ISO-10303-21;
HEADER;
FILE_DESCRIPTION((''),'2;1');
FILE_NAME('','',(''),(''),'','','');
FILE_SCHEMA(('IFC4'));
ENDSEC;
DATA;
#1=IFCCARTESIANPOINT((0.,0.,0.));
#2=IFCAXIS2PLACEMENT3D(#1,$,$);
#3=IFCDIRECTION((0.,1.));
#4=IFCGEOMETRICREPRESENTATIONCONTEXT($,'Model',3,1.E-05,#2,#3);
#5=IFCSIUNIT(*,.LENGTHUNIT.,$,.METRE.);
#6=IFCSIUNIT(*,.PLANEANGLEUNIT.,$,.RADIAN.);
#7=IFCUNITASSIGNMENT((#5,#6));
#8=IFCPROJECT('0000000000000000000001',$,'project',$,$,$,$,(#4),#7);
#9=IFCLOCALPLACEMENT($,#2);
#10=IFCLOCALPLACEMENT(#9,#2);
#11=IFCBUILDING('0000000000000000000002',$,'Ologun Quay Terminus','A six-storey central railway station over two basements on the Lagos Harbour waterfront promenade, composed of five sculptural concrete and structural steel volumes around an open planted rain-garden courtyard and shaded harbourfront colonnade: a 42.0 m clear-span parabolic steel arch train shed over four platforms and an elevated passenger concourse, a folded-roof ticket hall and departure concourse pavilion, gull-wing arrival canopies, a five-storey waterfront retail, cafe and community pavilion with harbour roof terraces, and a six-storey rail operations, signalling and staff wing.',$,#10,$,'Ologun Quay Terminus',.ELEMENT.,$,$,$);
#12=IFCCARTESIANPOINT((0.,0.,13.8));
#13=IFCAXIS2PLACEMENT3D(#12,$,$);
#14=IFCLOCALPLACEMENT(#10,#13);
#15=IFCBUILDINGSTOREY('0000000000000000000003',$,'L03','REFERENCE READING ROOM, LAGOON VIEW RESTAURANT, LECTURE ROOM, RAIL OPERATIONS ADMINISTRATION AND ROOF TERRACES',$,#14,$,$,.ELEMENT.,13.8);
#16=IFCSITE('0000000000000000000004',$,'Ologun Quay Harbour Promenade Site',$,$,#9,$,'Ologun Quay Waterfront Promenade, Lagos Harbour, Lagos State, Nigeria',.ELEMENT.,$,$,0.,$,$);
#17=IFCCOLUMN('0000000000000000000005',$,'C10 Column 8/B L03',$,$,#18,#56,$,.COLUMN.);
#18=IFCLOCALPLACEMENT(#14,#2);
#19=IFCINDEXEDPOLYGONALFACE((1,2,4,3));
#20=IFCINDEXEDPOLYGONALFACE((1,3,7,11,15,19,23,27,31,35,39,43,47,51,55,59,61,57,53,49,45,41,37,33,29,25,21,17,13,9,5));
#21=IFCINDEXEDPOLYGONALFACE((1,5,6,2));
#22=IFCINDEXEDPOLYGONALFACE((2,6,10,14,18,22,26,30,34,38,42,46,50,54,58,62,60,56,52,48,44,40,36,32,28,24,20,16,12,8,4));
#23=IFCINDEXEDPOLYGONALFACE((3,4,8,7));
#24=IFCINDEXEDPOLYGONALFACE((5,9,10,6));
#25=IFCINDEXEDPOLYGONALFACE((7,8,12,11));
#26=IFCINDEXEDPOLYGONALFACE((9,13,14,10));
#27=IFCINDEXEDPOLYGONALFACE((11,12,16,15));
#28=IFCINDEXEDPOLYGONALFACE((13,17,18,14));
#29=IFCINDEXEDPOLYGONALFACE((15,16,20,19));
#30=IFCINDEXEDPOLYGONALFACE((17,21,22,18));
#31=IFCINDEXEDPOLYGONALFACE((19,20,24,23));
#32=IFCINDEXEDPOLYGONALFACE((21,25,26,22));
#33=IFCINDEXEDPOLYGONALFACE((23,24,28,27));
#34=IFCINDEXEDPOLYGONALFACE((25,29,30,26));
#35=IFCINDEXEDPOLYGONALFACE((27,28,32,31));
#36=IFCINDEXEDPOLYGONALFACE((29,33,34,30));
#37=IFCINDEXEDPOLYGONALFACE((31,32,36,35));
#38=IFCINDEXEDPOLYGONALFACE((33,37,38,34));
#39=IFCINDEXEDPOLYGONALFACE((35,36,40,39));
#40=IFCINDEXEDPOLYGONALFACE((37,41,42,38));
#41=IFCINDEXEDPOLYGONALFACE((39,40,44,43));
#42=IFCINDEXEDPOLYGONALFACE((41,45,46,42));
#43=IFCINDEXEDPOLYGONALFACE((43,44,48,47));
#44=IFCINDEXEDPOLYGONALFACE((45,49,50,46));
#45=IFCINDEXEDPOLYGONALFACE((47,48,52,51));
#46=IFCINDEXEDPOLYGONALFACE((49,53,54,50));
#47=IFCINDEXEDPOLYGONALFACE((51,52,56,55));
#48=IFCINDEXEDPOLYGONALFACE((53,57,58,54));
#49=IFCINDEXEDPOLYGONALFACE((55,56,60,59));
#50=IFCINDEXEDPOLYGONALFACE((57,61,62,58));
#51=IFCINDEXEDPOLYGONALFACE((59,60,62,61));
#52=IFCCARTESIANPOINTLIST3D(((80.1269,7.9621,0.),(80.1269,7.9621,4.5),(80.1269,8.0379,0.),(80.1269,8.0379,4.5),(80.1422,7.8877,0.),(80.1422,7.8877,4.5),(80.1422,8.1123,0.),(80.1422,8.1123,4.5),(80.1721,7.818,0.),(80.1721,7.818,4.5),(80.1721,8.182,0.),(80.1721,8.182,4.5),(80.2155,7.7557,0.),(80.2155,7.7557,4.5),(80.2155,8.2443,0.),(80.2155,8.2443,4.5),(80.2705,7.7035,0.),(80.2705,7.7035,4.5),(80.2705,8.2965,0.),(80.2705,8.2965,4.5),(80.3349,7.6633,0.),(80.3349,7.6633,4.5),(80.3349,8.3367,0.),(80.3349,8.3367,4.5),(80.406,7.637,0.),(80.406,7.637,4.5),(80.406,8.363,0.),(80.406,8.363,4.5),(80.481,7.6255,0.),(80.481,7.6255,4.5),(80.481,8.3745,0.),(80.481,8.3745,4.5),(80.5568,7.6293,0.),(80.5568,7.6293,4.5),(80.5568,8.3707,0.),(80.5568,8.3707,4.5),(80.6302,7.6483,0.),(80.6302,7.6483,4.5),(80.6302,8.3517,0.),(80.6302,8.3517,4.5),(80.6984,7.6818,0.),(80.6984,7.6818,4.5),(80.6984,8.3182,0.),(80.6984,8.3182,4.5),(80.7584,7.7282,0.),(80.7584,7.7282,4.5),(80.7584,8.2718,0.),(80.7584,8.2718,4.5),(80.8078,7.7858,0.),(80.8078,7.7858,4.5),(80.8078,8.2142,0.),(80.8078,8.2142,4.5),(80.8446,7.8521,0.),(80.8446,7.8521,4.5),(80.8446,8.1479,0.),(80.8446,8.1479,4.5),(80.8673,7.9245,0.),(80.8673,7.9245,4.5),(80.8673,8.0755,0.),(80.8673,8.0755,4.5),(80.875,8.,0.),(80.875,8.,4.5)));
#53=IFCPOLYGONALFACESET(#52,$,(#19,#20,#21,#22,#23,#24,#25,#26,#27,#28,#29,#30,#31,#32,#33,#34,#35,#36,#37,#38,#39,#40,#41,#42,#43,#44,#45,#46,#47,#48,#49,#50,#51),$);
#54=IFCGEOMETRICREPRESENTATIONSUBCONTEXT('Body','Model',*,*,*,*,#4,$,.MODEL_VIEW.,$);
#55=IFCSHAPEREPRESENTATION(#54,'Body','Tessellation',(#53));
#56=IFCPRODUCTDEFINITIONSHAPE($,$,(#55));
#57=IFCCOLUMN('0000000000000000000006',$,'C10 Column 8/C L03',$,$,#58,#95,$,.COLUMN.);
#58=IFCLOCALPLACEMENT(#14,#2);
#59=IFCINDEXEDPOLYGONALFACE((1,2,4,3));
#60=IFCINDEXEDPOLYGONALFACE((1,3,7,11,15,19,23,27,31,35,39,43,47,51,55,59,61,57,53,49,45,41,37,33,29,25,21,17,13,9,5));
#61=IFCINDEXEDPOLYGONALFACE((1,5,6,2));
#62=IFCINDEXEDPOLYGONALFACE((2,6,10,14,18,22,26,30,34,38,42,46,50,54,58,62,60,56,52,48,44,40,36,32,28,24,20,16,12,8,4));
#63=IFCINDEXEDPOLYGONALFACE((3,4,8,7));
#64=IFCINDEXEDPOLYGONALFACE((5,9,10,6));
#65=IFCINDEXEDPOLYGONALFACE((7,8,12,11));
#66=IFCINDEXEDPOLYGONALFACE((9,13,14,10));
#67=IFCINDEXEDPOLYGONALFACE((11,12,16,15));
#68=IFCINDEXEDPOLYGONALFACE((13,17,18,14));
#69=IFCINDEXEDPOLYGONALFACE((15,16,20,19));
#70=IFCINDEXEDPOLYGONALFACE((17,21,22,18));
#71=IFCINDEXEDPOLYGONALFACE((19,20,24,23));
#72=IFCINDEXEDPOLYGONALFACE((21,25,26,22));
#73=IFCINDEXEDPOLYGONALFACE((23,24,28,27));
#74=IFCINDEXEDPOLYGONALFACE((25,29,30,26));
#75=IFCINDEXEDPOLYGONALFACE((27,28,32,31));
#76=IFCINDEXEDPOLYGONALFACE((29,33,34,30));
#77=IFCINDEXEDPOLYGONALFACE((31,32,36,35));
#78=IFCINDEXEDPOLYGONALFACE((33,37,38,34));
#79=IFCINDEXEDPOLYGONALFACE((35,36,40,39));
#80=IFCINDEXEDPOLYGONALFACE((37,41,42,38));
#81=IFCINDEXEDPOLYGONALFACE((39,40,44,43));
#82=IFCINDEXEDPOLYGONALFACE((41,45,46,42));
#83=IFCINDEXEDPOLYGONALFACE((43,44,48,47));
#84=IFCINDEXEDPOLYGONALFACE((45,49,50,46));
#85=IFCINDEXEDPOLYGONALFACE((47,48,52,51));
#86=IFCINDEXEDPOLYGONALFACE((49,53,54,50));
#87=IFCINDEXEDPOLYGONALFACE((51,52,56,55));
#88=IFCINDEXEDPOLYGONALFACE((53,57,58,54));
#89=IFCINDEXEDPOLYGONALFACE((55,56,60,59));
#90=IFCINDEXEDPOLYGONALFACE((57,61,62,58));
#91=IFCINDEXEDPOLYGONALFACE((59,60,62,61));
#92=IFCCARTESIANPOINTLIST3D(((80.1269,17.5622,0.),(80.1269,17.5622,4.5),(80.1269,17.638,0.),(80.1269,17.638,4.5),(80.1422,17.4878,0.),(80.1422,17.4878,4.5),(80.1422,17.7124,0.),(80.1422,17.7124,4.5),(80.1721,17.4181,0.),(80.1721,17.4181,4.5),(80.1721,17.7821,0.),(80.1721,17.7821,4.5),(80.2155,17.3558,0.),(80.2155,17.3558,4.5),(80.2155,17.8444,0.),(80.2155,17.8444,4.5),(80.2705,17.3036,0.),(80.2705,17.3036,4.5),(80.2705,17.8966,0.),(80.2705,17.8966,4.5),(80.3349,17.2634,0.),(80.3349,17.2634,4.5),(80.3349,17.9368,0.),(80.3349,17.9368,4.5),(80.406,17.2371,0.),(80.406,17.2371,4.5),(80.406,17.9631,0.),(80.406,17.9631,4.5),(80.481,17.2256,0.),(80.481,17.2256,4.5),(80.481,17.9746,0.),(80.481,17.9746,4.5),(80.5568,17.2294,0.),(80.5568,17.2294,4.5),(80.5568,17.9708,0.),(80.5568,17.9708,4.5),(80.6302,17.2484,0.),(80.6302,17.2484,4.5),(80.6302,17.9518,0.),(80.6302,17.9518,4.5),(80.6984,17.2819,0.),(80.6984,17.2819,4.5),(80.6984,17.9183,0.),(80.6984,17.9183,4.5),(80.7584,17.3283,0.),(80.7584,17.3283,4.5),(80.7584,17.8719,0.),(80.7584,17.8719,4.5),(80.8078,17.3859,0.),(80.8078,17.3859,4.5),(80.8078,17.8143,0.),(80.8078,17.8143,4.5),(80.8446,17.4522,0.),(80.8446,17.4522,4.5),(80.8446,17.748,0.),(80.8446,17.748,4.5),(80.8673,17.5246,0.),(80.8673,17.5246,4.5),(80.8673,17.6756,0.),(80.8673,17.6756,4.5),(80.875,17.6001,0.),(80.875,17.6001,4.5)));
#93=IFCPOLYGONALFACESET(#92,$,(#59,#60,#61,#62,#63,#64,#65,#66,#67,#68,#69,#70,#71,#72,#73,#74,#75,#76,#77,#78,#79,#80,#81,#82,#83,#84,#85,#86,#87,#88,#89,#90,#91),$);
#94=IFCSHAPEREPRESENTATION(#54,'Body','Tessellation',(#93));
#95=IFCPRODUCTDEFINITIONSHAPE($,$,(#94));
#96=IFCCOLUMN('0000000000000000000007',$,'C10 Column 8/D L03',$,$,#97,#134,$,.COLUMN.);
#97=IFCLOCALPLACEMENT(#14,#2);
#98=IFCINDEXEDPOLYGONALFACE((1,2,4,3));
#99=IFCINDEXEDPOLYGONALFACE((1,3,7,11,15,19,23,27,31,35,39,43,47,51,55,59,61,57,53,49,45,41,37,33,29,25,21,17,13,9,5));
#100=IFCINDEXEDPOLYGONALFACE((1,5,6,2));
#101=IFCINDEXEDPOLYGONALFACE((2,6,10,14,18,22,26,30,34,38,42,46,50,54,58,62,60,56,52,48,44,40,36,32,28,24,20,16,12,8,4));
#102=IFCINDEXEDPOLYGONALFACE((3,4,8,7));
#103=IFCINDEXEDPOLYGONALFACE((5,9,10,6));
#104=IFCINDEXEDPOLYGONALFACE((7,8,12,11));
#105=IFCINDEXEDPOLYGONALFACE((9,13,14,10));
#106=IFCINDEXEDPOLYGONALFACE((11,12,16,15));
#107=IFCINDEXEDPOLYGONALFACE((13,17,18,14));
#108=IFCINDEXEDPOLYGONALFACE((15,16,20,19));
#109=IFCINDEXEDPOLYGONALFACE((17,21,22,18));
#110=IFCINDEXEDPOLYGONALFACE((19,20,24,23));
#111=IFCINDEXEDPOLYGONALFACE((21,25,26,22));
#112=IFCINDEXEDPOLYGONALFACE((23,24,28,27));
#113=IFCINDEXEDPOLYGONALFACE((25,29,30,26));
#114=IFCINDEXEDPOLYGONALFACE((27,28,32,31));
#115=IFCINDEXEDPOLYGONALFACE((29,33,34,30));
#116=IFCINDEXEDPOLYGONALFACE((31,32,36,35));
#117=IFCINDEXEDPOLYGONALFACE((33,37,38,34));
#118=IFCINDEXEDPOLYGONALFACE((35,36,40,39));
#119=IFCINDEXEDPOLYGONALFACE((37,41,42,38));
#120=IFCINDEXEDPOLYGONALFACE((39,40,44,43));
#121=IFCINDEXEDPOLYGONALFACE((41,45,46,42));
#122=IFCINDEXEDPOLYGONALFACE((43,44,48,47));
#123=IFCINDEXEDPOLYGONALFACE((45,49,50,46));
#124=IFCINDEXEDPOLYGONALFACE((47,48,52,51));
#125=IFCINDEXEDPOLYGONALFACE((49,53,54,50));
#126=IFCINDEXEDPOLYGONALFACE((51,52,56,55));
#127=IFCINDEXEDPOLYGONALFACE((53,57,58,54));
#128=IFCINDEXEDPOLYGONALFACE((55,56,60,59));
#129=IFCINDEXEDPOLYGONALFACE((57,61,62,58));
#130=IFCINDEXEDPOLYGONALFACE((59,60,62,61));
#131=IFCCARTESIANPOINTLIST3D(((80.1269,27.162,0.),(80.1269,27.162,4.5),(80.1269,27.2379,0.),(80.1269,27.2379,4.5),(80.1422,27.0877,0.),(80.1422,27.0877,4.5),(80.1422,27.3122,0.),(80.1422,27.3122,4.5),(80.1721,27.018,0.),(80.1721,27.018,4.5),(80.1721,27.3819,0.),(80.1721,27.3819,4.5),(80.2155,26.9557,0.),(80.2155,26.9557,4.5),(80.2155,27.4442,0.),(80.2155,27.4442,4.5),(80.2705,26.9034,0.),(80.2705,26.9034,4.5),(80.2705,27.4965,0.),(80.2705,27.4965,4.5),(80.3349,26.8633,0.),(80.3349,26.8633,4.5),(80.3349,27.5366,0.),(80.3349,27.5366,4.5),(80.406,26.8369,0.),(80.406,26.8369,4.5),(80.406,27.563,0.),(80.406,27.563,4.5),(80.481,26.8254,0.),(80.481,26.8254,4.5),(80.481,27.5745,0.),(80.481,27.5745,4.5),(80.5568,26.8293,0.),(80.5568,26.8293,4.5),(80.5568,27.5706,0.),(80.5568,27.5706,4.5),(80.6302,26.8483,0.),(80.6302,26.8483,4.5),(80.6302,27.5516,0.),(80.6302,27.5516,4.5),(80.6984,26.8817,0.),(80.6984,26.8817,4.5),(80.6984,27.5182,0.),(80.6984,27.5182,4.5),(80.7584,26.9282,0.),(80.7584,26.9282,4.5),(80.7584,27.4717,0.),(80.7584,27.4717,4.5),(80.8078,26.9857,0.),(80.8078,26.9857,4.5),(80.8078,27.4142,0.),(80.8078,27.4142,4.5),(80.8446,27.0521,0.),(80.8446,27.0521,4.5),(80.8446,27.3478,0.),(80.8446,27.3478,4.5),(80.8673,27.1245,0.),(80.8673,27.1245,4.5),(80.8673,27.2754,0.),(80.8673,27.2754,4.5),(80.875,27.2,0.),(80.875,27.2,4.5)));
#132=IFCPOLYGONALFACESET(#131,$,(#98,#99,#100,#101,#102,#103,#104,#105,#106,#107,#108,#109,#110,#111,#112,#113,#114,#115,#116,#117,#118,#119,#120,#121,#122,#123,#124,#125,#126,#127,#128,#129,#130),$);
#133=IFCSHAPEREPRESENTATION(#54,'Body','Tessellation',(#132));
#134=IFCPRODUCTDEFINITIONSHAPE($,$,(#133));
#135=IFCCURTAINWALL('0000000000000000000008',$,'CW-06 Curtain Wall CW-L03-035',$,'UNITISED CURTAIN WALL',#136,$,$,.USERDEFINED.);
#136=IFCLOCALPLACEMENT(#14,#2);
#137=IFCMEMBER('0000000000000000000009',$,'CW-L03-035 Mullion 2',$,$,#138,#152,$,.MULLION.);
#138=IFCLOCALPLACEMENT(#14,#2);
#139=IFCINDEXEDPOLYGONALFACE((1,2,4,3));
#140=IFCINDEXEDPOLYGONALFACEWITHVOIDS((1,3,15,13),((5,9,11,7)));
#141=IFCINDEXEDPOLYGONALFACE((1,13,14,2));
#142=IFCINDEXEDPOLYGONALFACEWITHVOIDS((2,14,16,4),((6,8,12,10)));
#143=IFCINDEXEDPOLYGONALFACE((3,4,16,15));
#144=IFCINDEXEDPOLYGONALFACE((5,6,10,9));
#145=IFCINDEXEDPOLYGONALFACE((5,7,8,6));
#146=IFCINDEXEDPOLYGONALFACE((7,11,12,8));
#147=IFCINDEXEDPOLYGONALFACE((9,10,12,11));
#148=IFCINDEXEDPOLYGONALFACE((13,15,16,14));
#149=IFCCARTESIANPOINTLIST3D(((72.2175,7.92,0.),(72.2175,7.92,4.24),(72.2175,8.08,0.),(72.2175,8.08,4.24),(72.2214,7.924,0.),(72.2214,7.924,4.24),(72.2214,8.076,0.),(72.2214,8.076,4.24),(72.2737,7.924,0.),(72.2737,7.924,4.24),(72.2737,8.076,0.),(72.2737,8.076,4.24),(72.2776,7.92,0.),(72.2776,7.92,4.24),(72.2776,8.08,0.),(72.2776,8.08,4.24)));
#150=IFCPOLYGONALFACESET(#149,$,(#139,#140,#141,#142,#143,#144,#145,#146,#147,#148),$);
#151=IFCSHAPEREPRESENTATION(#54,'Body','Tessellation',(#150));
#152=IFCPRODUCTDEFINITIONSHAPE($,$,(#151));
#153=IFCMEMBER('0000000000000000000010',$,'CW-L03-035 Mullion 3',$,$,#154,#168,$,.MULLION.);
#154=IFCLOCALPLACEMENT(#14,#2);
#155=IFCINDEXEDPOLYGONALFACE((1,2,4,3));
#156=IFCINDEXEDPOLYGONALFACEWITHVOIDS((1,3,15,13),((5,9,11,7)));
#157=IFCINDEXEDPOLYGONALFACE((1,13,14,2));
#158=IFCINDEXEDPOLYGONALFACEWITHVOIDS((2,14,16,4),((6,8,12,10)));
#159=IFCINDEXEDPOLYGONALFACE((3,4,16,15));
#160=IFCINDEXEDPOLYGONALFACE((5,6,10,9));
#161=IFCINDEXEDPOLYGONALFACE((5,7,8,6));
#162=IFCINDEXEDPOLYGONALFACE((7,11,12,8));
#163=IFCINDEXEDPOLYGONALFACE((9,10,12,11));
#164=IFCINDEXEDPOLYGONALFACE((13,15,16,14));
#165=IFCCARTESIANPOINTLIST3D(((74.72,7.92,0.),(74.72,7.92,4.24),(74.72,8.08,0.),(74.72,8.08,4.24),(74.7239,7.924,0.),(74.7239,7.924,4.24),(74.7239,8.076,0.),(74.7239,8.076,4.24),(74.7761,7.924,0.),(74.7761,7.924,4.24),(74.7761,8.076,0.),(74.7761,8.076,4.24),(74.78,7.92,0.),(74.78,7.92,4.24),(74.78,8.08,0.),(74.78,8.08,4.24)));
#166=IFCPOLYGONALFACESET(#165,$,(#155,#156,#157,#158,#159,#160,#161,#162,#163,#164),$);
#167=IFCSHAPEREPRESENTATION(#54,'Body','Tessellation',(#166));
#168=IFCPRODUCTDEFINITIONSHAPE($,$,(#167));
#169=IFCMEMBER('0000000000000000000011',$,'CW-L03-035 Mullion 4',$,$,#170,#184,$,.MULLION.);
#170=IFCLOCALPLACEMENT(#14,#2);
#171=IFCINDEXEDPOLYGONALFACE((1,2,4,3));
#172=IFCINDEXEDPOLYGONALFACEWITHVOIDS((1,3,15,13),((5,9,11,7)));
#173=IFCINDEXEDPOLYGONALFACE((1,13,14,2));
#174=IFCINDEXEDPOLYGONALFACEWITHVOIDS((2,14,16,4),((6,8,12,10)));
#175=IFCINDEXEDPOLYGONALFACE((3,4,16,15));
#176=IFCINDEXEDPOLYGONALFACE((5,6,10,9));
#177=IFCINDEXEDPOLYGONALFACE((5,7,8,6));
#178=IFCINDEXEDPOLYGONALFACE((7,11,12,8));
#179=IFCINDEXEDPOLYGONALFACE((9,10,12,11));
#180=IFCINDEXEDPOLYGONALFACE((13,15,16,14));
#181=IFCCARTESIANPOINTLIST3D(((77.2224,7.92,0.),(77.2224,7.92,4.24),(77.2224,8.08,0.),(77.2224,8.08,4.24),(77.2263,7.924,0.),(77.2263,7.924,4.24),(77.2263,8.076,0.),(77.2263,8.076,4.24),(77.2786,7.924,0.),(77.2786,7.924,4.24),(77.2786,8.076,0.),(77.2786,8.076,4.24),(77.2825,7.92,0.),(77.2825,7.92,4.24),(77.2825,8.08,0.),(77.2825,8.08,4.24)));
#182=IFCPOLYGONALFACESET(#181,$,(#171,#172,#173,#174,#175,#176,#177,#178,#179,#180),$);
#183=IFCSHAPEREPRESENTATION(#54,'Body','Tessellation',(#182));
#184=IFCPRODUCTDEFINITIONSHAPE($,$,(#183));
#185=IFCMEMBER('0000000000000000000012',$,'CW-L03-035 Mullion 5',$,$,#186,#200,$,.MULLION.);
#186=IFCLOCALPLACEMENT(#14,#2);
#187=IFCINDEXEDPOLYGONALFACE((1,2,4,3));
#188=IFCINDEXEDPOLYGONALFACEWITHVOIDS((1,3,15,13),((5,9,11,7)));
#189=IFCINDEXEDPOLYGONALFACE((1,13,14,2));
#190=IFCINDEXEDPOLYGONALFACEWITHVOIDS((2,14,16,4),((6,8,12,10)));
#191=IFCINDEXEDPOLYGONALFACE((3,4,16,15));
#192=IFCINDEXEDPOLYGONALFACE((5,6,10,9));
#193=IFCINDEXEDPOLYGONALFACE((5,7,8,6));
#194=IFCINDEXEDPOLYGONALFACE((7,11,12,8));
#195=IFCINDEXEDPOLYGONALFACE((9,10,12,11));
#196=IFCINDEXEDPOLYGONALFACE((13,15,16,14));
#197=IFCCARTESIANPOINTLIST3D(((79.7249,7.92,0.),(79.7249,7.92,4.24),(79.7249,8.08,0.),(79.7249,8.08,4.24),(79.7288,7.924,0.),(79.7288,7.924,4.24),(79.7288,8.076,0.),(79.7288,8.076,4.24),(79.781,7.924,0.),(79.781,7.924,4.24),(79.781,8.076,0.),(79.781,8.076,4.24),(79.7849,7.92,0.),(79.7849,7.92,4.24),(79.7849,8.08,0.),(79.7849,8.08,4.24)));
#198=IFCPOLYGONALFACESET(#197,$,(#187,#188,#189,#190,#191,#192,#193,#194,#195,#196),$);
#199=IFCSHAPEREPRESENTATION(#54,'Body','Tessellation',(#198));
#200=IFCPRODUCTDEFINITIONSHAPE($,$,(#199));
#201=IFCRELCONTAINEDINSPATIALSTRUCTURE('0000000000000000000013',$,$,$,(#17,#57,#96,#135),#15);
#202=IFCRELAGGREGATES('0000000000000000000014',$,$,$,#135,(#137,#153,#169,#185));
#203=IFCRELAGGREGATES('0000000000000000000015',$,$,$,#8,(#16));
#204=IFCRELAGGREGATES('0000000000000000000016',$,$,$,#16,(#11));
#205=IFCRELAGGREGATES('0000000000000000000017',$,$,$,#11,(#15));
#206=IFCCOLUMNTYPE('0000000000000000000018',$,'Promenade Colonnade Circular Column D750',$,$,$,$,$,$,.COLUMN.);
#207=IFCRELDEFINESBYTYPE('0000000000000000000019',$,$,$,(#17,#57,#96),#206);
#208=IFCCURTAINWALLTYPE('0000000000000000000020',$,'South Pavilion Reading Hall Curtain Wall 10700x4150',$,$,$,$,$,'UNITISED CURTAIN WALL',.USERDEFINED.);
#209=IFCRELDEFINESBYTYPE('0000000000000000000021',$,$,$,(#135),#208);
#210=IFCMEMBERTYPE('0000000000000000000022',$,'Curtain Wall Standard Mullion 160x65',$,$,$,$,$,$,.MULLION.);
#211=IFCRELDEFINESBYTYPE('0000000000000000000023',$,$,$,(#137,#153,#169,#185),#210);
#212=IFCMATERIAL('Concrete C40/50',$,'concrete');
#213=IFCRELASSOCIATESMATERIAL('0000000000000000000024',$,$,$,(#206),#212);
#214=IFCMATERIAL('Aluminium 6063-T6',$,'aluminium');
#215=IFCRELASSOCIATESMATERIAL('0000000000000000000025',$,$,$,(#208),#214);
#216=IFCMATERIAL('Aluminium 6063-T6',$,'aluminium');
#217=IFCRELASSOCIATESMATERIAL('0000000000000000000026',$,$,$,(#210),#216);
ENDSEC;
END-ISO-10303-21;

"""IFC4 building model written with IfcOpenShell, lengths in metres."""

from ifc_helpers import new_model, si_unit, direction, frame, origin, origin_2d, place, context, subcontext, project, spatial, hollow_rectangle, circle, extrude, material, material_profile, profile_set, type_object, element, aggregate, save


model = new_model("IFC4")

# Units and contexts
model_context = context("Model", 3, precision=1e-05, world=origin(), true_north=direction((0.0, 1.0)))
body_context = subcontext(model_context, "Body", "Model", "MODEL_VIEW")
ifc_project = project(units=[si_unit("LENGTHUNIT", "METRE"), si_unit("PLANEANGLEUNIT", "RADIAN")], contexts=[model_context])

# Site, building, storey
site_placement = place(None, origin())
site = spatial("IfcSite", under=ifc_project, at=site_placement, Name="Ologun Quay Harbour Promenade Site", LongName="Ologun Quay Waterfront Promenade, Lagos Harbour, Lagos State, Nigeria", CompositionType="ELEMENT", RefElevation=0.0)
building_placement = place(site_placement, origin())
building = spatial("IfcBuilding", under=site, at=building_placement, Name="Ologun Quay Terminus", Description="A six-storey central railway station over two basements on the Lagos Harbour waterfront promenade, composed of five sculptural concrete and structural steel volumes around an open planted rain-garden courtyard and shaded harbourfront colonnade: a 42.0 m clear-span parabolic steel arch train shed over four platforms and an elevated passenger concourse, a folded-roof ticket hall and departure concourse pavilion, gull-wing arrival canopies, a five-storey waterfront retail, cafe and community pavilion with harbour roof terraces, and a six-storey rail operations, signalling and staff wing.", LongName="Ologun Quay Terminus", CompositionType="ELEMENT")
storey_placement = place(building_placement, frame((0.0, 0.0, 13.8)))
storey = spatial("IfcBuildingStorey", under=building, at=storey_placement, Name="L03", Description="REFERENCE READING ROOM, LAGOON VIEW RESTAURANT, LECTURE ROOM, RAIL OPERATIONS ADMINISTRATION AND ROOF TERRACES", CompositionType="ELEMENT", Elevation=13.8)

# Columns
ifc_material_1 = material(Name="Concrete C40/50", Category="concrete")
ifc_material_profile_1 = material_profile(ifc_material_1, circle(Radius=0.375, at=origin_2d()), Name="RC D750")
ifc_profile_set_1 = profile_set([ifc_material_profile_1], Name="Concrete C40/50")
column_type = type_object("IfcColumnType", Name="Promenade Colonnade Circular Column D750", PredefinedType="COLUMN", material=ifc_profile_set_1)
for number, where, z_axis, x_axis, name in (
    (1, (80.5, 8.0, 0.0), (0.0, 0.0, 1.0), (1.0, 0.0, 0.0), "C10 Column 8/B L03"),
    (2, (80.5, 17.6001, 0.0), (0.0, 0.0, 1.0), (1.0, 0.0, 0.0), "C10 Column 8/C L03"),
    (3, (80.5, 27.2, 0.0), (0.0, 0.0, 1.0), (1.0, 0.0, 0.0), "C10 Column 8/D L03"),
):
    element("IfcColumn", number, at=place(storey_placement, frame(where, z_axis=z_axis, x_axis=x_axis)), inside=storey, type_object=column_type, Name=name, PredefinedType="COLUMN", context=body_context, shape_type="SweptSolid", body=[
        extrude(circle(Radius=0.375, at=origin_2d()), origin(), (0.0, 0.0, 1.0), 4.5),
    ])

# Curtain wall, members
ifc_material_2 = material(Name="Aluminium 6063-T6", Category="aluminium")
curtain_wall_type = type_object("IfcCurtainWallType", Name="South Pavilion Reading Hall Curtain Wall 10700x4150", ElementType="UNITISED CURTAIN WALL", PredefinedType="USERDEFINED", material=ifc_material_2)
curtain_wall_placement = place(storey_placement, origin())
curtain_wall = element("IfcCurtainWall", 4, at=curtain_wall_placement, inside=storey, type_object=curtain_wall_type, Name="CW-06 Curtain Wall CW-L03-035", ObjectType="UNITISED CURTAIN WALL", PredefinedType="USERDEFINED")
ifc_material_3 = material(Name="Aluminium 6063-T6", Category="aluminium")
ifc_material_profile_2 = material_profile(ifc_material_3, hollow_rectangle(XDim=0.0601, YDim=0.1599, WallThickness=0.0039, at=origin_2d()), Name="ALU 160x60x4")
ifc_profile_set_2 = profile_set([ifc_material_profile_2], Name="Aluminium 6063-T6")
member_type_1 = type_object("IfcMemberType", Name="Curtain Wall Standard Mullion 160x65", PredefinedType="MULLION", material=ifc_profile_set_2)
member_1_placement = place(storey_placement, frame((72.2476, 8.0, 0.0), z_axis=(0.0, 0.0, 1.0), x_axis=(1.0, 0.0, 0.0)))
member_1 = element("IfcMember", 5, at=member_1_placement, type_object=member_type_1, Name="CW-L03-035 Mullion 2", PredefinedType="MULLION", context=body_context, shape_type="SweptSolid", body=[
    extrude(hollow_rectangle(XDim=0.0601, YDim=0.1599, WallThickness=0.0039, at=origin_2d()), origin(), (0.0, 0.0, 1.0), 4.24),
])
member_2_placement = place(storey_placement, frame((74.75, 8.0, 0.0), z_axis=(0.0, 0.0, 1.0), x_axis=(1.0, 0.0, 0.0)))
member_2 = element("IfcMember", 6, at=member_2_placement, type_object=member_type_1, Name="CW-L03-035 Mullion 3", PredefinedType="MULLION", context=body_context, shape_type="SweptSolid", body=[
    extrude(hollow_rectangle(XDim=0.0601, YDim=0.1599, WallThickness=0.0039, at=origin_2d()), origin(), (0.0, 0.0, 1.0), 4.24),
])
member_3_placement = place(storey_placement, frame((77.2524, 8.0, 0.0), z_axis=(0.0, 0.0, 1.0), x_axis=(1.0, 0.0, 0.0)))
member_3 = element("IfcMember", 7, at=member_3_placement, type_object=member_type_1, Name="CW-L03-035 Mullion 4", PredefinedType="MULLION", context=body_context, shape_type="SweptSolid", body=[
    extrude(hollow_rectangle(XDim=0.0601, YDim=0.1599, WallThickness=0.0039, at=origin_2d()), origin(), (0.0, 0.0, 1.0), 4.24),
])
member_4_placement = place(storey_placement, frame((79.7549, 8.0, 0.0), z_axis=(0.0, 0.0, 1.0), x_axis=(1.0, 0.0, 0.0)))
member_4 = element("IfcMember", 8, at=member_4_placement, type_object=member_type_1, Name="CW-L03-035 Mullion 5", PredefinedType="MULLION", context=body_context, shape_type="SweptSolid", body=[
    extrude(hollow_rectangle(XDim=0.0601, YDim=0.1599, WallThickness=0.0039, at=origin_2d()), origin(), (0.0, 0.0, 1.0), 4.24),
])

aggregate(curtain_wall, [member_1, member_2, member_3, member_4])

save(model, "model.ifc")
